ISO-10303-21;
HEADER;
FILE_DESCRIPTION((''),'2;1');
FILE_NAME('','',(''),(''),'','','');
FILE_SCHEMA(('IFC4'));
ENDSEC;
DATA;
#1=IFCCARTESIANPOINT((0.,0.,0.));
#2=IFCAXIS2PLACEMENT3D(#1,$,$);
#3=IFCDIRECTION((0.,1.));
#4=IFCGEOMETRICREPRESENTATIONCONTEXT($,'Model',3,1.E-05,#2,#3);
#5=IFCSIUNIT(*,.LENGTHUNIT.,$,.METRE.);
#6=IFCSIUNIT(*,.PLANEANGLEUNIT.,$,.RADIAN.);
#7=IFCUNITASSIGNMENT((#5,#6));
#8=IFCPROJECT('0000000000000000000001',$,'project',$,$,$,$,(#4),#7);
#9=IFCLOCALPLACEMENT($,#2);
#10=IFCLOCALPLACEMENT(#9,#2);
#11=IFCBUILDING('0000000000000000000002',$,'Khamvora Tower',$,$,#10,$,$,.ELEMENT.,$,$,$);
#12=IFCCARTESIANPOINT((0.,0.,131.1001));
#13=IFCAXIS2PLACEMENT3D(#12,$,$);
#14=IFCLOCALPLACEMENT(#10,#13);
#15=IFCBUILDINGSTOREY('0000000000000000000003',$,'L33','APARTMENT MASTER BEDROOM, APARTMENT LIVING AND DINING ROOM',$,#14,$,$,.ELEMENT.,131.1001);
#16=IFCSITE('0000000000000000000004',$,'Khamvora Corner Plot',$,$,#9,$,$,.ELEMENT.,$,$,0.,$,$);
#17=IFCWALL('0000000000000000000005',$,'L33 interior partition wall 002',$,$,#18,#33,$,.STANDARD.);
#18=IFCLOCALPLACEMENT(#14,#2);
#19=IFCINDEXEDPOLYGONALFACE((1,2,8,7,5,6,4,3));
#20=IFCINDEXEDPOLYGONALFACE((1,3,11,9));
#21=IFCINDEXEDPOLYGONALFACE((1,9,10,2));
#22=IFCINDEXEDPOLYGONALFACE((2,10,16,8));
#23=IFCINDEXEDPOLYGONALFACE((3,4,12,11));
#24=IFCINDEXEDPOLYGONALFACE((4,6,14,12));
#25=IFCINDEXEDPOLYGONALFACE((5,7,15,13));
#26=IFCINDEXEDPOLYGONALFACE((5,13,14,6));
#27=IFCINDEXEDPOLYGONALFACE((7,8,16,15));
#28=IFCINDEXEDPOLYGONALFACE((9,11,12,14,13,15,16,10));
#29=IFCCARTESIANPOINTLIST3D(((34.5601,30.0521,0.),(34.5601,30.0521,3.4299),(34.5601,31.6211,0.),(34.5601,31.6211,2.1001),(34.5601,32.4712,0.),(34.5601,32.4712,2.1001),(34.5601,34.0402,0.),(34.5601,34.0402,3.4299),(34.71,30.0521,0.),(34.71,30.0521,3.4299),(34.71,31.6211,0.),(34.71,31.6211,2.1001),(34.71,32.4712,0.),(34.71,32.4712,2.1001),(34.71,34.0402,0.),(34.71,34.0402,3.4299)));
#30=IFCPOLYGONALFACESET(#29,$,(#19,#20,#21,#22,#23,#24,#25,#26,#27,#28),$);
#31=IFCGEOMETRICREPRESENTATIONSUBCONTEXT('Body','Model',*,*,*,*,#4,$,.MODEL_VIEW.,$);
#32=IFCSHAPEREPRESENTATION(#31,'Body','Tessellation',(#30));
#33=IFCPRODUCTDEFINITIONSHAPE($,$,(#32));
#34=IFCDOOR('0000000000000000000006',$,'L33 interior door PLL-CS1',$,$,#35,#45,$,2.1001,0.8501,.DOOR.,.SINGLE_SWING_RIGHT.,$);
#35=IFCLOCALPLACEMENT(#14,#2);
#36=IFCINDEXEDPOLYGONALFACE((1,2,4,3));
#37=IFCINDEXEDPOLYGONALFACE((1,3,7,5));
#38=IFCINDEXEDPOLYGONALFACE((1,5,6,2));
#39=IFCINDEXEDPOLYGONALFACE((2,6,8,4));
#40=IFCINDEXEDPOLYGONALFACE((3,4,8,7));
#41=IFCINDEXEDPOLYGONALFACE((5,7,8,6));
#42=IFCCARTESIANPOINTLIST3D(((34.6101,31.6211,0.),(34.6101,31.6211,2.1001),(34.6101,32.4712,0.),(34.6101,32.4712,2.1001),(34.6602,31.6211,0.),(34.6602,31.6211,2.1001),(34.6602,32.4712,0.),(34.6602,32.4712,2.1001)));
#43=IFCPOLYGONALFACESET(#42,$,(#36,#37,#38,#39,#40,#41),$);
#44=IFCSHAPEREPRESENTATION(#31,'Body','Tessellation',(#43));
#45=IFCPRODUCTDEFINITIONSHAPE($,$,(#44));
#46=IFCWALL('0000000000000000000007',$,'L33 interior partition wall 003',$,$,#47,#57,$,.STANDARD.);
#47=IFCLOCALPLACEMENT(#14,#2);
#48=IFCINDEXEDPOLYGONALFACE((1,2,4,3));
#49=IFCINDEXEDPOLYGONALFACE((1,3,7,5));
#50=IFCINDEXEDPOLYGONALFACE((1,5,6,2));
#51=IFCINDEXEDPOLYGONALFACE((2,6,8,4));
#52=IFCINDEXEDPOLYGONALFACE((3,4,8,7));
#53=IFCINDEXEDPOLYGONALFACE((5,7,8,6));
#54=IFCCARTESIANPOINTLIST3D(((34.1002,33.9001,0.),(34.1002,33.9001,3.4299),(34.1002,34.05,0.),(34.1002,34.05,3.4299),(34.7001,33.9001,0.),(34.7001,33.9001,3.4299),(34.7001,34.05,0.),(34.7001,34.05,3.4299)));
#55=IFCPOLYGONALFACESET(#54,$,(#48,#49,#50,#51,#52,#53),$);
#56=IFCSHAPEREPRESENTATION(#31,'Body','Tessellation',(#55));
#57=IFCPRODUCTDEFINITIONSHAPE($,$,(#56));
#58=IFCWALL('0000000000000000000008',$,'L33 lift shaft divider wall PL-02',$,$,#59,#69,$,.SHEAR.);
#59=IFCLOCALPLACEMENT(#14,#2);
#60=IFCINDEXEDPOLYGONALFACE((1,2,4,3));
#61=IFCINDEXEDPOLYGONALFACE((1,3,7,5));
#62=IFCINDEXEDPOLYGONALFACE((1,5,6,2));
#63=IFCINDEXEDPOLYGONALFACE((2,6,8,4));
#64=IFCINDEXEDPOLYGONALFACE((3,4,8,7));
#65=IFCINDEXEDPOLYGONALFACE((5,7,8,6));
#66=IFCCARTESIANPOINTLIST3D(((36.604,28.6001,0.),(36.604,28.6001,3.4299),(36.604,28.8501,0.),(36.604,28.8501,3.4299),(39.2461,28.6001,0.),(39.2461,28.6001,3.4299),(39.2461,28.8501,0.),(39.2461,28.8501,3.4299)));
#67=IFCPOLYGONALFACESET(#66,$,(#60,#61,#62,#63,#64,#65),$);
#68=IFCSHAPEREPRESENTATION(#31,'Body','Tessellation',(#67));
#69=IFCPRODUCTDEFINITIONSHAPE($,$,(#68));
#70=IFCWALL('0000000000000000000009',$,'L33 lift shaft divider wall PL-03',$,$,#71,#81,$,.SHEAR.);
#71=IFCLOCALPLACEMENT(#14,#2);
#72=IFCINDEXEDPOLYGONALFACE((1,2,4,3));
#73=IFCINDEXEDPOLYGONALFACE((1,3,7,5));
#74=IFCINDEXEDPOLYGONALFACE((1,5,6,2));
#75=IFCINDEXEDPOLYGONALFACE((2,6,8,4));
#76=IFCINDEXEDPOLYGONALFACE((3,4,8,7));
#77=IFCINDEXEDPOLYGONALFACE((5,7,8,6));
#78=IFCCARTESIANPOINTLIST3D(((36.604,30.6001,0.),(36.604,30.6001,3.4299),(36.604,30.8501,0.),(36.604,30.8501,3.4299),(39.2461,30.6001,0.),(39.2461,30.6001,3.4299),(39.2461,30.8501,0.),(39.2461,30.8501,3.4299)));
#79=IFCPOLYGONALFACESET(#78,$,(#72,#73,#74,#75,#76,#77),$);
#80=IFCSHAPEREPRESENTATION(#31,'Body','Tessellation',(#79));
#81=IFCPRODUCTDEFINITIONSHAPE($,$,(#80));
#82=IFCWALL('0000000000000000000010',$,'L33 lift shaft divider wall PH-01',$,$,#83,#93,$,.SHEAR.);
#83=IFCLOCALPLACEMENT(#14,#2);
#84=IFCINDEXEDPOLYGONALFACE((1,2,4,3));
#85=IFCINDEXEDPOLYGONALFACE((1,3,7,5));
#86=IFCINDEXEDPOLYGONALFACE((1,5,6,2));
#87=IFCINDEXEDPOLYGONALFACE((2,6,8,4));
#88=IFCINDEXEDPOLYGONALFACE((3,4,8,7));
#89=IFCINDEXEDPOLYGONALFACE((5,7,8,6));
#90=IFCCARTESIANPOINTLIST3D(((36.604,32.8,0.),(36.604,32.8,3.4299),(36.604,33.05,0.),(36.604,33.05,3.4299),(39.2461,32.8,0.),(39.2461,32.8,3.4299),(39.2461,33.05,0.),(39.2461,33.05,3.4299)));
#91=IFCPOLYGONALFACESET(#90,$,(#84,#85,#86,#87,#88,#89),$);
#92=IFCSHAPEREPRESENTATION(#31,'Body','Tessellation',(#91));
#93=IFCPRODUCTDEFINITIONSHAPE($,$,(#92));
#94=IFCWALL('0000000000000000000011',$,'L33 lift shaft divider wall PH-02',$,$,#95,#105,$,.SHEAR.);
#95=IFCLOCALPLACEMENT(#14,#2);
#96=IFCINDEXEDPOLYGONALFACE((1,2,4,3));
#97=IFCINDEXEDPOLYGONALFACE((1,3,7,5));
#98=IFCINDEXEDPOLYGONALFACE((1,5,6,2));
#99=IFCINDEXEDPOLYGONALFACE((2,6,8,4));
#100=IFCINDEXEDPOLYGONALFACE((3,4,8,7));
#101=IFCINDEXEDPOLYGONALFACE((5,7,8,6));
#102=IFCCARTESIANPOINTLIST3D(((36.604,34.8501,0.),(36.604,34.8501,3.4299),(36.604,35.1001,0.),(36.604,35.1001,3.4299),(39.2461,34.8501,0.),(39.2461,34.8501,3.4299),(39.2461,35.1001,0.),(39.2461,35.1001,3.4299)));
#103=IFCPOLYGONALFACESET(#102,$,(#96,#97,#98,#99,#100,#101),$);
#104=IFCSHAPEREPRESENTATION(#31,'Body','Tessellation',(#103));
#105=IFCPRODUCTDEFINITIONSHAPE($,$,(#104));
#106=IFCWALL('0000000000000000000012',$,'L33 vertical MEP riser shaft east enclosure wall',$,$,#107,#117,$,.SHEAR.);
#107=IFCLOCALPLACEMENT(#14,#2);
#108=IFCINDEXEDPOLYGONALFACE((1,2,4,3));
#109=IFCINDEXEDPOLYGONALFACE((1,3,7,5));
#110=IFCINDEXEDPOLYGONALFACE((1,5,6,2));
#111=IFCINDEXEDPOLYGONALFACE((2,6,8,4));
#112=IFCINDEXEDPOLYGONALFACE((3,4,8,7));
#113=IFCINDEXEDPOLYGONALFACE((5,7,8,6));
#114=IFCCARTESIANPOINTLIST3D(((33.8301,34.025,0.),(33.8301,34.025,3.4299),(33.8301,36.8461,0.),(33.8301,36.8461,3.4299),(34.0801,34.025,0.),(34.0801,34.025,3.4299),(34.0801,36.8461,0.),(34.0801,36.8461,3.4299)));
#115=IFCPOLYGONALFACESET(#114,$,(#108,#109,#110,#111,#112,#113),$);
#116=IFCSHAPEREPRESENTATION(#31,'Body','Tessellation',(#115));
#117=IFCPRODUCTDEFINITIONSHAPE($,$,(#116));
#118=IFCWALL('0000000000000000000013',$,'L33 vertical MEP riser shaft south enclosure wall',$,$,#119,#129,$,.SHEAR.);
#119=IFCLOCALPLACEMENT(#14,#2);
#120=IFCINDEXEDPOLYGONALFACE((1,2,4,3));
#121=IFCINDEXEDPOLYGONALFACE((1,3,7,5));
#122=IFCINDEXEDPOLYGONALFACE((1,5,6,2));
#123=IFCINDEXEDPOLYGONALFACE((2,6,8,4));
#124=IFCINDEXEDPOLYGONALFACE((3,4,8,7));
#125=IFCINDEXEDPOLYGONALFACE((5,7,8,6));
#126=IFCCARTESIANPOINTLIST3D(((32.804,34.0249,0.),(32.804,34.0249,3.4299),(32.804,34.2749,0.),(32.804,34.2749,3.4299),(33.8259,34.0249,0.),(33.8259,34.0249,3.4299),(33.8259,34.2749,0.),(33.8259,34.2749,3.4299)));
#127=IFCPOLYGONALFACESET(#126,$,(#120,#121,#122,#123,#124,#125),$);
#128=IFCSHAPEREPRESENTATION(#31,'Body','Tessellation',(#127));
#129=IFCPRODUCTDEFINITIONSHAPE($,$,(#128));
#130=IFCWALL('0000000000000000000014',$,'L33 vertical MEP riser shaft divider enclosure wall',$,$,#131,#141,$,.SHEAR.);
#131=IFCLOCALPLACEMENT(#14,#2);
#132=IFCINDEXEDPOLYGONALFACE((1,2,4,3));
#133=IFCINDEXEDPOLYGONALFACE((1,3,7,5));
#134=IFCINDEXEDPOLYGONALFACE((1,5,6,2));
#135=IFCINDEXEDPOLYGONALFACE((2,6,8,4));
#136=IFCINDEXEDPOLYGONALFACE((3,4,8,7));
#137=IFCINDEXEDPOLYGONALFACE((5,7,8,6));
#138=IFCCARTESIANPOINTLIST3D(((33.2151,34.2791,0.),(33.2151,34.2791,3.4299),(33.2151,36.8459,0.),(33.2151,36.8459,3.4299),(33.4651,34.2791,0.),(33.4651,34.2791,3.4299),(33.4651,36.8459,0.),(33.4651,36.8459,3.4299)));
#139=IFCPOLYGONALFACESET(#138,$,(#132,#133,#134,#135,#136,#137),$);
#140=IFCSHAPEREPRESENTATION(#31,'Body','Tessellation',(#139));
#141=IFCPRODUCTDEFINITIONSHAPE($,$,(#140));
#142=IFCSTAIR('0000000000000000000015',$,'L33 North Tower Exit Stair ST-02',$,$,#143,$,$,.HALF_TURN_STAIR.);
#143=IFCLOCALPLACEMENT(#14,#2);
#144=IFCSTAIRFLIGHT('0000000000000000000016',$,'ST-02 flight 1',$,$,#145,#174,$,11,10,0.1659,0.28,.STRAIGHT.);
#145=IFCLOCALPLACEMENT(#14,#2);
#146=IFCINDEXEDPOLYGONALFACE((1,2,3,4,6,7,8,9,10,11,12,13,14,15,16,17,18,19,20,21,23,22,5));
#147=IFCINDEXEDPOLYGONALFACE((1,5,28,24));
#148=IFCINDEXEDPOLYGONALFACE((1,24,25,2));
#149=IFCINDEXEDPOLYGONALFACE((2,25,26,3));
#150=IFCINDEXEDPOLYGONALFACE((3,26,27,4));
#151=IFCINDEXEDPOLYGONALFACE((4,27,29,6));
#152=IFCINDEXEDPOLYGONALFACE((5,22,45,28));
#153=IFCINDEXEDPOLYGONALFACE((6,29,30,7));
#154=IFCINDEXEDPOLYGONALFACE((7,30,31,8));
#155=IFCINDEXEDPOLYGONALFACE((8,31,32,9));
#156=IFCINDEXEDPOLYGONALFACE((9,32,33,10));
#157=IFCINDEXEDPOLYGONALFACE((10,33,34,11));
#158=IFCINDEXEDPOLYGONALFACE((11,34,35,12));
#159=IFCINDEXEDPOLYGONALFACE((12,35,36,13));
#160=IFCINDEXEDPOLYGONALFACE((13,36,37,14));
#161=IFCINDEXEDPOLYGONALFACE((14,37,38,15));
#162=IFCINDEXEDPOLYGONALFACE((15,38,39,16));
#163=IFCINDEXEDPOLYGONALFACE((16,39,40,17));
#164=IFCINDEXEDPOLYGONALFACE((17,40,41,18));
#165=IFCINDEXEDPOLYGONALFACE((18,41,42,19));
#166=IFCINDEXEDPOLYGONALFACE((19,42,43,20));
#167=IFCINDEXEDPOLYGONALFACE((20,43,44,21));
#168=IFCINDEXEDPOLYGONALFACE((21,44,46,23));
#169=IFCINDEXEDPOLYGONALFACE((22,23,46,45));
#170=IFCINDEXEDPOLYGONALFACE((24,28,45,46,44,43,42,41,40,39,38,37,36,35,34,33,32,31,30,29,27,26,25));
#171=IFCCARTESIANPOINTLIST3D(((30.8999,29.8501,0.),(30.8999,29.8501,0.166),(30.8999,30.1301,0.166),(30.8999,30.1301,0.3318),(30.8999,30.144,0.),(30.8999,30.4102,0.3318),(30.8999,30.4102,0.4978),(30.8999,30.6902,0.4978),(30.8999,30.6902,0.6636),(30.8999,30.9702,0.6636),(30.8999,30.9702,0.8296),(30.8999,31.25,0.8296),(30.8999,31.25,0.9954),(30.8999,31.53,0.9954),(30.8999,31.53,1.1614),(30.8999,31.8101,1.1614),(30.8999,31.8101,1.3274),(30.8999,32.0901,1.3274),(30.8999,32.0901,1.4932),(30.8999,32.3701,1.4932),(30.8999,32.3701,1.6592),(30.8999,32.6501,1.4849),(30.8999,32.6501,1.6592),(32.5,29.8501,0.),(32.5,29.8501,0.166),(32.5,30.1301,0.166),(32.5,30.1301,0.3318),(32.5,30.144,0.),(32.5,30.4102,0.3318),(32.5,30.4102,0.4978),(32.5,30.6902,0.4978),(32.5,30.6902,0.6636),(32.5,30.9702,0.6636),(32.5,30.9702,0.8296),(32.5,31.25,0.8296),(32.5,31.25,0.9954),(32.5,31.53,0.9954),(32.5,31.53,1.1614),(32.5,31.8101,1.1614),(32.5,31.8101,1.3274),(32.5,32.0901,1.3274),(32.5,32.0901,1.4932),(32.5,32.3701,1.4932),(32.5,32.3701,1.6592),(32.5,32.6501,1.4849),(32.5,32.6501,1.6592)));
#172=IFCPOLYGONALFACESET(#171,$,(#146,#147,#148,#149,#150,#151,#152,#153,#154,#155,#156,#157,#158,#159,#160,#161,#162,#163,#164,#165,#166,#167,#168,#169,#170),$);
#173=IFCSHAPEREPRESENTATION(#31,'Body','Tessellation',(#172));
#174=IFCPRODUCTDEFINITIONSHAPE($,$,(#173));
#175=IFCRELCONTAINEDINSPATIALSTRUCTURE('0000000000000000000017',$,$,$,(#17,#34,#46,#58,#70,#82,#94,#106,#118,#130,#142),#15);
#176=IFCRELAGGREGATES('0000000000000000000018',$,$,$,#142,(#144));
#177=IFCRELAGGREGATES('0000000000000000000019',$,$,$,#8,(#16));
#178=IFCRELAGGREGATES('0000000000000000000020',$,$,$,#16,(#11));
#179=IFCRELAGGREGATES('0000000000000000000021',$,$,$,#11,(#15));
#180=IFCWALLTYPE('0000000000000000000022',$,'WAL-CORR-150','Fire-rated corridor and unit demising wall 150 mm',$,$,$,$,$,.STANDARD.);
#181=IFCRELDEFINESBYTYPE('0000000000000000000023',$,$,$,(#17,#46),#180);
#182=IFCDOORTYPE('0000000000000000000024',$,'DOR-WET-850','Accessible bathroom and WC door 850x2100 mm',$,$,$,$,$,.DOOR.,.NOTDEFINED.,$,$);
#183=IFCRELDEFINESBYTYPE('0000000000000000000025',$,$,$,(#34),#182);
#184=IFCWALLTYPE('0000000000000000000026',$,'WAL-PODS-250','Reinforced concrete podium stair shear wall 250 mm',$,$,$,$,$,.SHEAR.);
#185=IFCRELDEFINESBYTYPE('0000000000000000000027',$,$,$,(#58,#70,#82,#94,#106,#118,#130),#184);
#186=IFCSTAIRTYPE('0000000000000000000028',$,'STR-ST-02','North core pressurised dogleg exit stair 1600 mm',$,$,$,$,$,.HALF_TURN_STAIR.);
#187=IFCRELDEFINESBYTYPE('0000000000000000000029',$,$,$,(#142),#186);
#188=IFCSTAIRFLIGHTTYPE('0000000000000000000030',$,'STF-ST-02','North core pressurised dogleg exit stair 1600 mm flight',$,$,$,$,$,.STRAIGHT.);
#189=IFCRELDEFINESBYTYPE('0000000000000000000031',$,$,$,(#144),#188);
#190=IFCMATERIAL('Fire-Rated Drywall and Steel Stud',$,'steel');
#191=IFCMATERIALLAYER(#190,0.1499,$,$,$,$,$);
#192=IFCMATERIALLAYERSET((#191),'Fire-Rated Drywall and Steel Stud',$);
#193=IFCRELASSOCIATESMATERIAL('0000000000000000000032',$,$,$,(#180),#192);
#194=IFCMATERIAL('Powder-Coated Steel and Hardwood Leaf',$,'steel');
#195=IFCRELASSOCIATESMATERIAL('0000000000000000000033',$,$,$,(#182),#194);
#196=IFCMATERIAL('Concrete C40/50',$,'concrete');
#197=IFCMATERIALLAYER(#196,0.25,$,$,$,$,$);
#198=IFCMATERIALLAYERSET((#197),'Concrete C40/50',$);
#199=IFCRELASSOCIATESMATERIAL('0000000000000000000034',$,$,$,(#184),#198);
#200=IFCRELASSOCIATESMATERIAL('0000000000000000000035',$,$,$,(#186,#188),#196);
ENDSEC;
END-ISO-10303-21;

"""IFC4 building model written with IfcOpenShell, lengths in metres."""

from ifc_helpers import new_model, si_unit, direction, frame, frame_2d, origin, place, context, subcontext, project, spatial, polyline, rectangle, outline, extrude, material, layer, layer_set, type_object, element, fill, aggregate, save


model = new_model("IFC4")

# Units and contexts
model_context = context("Model", 3, precision=1e-05, world=origin(), true_north=direction((0.0, 1.0)))
body_context = subcontext(model_context, "Body", "Model", "MODEL_VIEW")
ifc_project = project(units=[si_unit("LENGTHUNIT", "METRE"), si_unit("PLANEANGLEUNIT", "RADIAN")], contexts=[model_context])

# Site, building, storey
site_placement = place(None, origin())
site = spatial("IfcSite", under=ifc_project, at=site_placement, Name="Khamvora Corner Plot", CompositionType="ELEMENT", RefElevation=0.0)
building_placement = place(site_placement, origin())
building = spatial("IfcBuilding", under=site, at=building_placement, Name="Khamvora Tower", CompositionType="ELEMENT")
storey_placement = place(building_placement, frame((0.0, 0.0, 131.1001)))
storey = spatial("IfcBuildingStorey", under=building, at=storey_placement, Name="L33", Description="APARTMENT MASTER BEDROOM, APARTMENT LIVING AND DINING ROOM", CompositionType="ELEMENT", Elevation=131.1001)

# Shared definitions
ifc_material_1 = material(Name="Powder-Coated Steel and Hardwood Leaf", Category="steel")

# Shared definitions
ifc_material_2 = material(Name="Fire-Rated Drywall and Steel Stud", Category="steel")
ifc_layer_1 = layer(ifc_material_2, 0.1499)
ifc_layer_set_1 = layer_set([ifc_layer_1], Name="Fire-Rated Drywall and Steel Stud")
wall_type_1 = type_object("IfcWallType", Name="WAL-CORR-150", Description="Fire-rated corridor and unit demising wall 150 mm", PredefinedType="STANDARD", material=ifc_layer_set_1)

# Wall, opening, door
wall_1_placement = place(storey_placement, frame((34.635, 30.052, 0.0), z_axis=(0.0, 0.0, 1.0), x_axis=(0.0, 1.0, 0.0)))
wall_1 = element("IfcWall", 1, at=wall_1_placement, inside=storey, type_object=wall_type_1, Name="L33 interior partition wall 002", PredefinedType="STANDARD", context=body_context, shape_type="SweptSolid", body=[
    extrude(rectangle(XDim=3.988, YDim=0.1499, at=frame_2d((1.9941, 0.0))), origin(), (0.0, 0.0, 1.0), 3.4299),
])
opening_1_placement = place(wall_1_placement, frame((1.5691, 0.0, 0.0)))
opening_1 = element("IfcOpeningElement", 2, at=opening_1_placement, cuts=wall_1, PredefinedType="OPENING", context=body_context, shape_type="SweptSolid", body=[
    extrude(rectangle(XDim=0.8501, YDim=2.1001, at=frame_2d((0.425, 1.05))), frame((0.0, 0.085, 0.0), z_axis=(0.0, -1.0, 0.0), x_axis=(1.0, 0.0, 0.0)), (0.0, 0.0, 1.0), 0.1699),
])
door_type_1 = type_object("IfcDoorType", Name="DOR-WET-850", Description="Accessible bathroom and WC door 850x2100 mm", OperationType="NOTDEFINED", PredefinedType="DOOR", material=ifc_material_1)
door_1_placement = place(opening_1_placement, origin())
door_1 = element("IfcDoor", 3, at=door_1_placement, inside=storey, type_object=door_type_1, Name="L33 interior door PLL-CS1", OperationType="SINGLE_SWING_RIGHT", OverallHeight=2.1001, OverallWidth=0.8501, PredefinedType="DOOR", context=body_context, shape_type="SweptSolid", body=[
    extrude(rectangle(XDim=0.8501, YDim=2.1001, at=frame_2d((0.425, 1.05))), frame((0.0, 0.0249, 0.0), z_axis=(0.0, -1.0, 0.0), x_axis=(1.0, 0.0, 0.0)), (0.0, 0.0, 1.0), 0.05),
])
fill(opening_1, door_1)

# Walls
wall_2_placement = place(storey_placement, frame((34.7, 33.9751, 0.0), z_axis=(0.0, 0.0, 1.0), x_axis=(-1.0, 0.0, 0.0)))
element("IfcWall", 4, at=wall_2_placement, inside=storey, type_object=wall_type_1, Name="L33 interior partition wall 003", PredefinedType="STANDARD", context=body_context, shape_type="SweptSolid", body=[
    extrude(rectangle(XDim=0.5999, YDim=0.1499, at=frame_2d((0.2998, 0.0))), origin(), (0.0, 0.0, 1.0), 3.4299),
])
ifc_material_3 = material(Name="Concrete C40/50", Category="concrete")
ifc_layer_2 = layer(ifc_material_3, 0.25)
ifc_layer_set_2 = layer_set([ifc_layer_2], Name="Concrete C40/50")
wall_type_2 = type_object("IfcWallType", Name="WAL-PODS-250", Description="Reinforced concrete podium stair shear wall 250 mm", PredefinedType="SHEAR", material=ifc_layer_set_2)
for number, where, z_axis, x_axis, name in (
    (5, (36.604, 28.7251, 0.0), (0.0, 0.0, 1.0), (1.0, 0.0, 0.0), "L33 lift shaft divider wall PL-02"),
    (6, (36.604, 30.7251, 0.0), (0.0, 0.0, 1.0), (1.0, 0.0, 0.0), "L33 lift shaft divider wall PL-03"),
    (7, (36.604, 32.925, 0.0), (0.0, 0.0, 1.0), (1.0, 0.0, 0.0), "L33 lift shaft divider wall PH-01"),
    (8, (36.604, 34.9751, 0.0), (0.0, 0.0, 1.0), (1.0, 0.0, 0.0), "L33 lift shaft divider wall PH-02"),
):
    element("IfcWall", number, at=place(storey_placement, frame(where, z_axis=z_axis, x_axis=x_axis)), inside=storey, type_object=wall_type_2, Name=name, PredefinedType="SHEAR", context=body_context, shape_type="SweptSolid", body=[
        extrude(rectangle(XDim=2.6421, YDim=0.25, at=frame_2d((1.321, 0.0))), origin(), (0.0, 0.0, 1.0), 3.4299),
    ])
wall_3_placement = place(storey_placement, frame((33.9551, 34.0249, 0.0), z_axis=(0.0, 0.0, 1.0), x_axis=(0.0, 1.0, 0.0)))
element("IfcWall", 9, at=wall_3_placement, inside=storey, type_object=wall_type_2, Name="L33 vertical MEP riser shaft east enclosure wall", PredefinedType="SHEAR", context=body_context, shape_type="SweptSolid", body=[
    extrude(rectangle(XDim=2.821, YDim=0.25, at=frame_2d((1.4106, 0.0))), origin(), (0.0, 0.0, 1.0), 3.4299),
])
wall_4_placement = place(storey_placement, frame((32.804, 34.1499, 0.0), z_axis=(0.0, 0.0, 1.0), x_axis=(1.0, 0.0, 0.0)))
element("IfcWall", 10, at=wall_4_placement, inside=storey, type_object=wall_type_2, Name="L33 vertical MEP riser shaft south enclosure wall", PredefinedType="SHEAR", context=body_context, shape_type="SweptSolid", body=[
    extrude(rectangle(XDim=1.022, YDim=0.25, at=frame_2d((0.511, 0.0))), origin(), (0.0, 0.0, 1.0), 3.4299),
])
wall_5_placement = place(storey_placement, frame((33.3401, 34.2791, 0.0), z_axis=(0.0, 0.0, 1.0), x_axis=(0.0, 1.0, 0.0)))
element("IfcWall", 11, at=wall_5_placement, inside=storey, type_object=wall_type_2, Name="L33 vertical MEP riser shaft divider enclosure wall", PredefinedType="SHEAR", context=body_context, shape_type="SweptSolid", body=[
    extrude(rectangle(XDim=2.5669, YDim=0.25, at=frame_2d((1.2834, 0.0))), origin(), (0.0, 0.0, 1.0), 3.4299),
])

# Stair, stair flight
stair_type = type_object("IfcStairType", Name="STR-ST-02", Description="North core pressurised dogleg exit stair 1600 mm", PredefinedType="HALF_TURN_STAIR", material=ifc_material_3)
stair_placement = place(storey_placement, origin())
stair = element("IfcStair", 12, at=stair_placement, inside=storey, type_object=stair_type, Name="L33 North Tower Exit Stair ST-02", PredefinedType="HALF_TURN_STAIR")
stair_flight_type = type_object("IfcStairFlightType", Name="STF-ST-02", Description="North core pressurised dogleg exit stair 1600 mm flight", PredefinedType="STRAIGHT", material=ifc_material_3)
stair_flight_placement = place(storey_placement, frame((31.7, 29.8501, 0.0), z_axis=(0.0, 0.0, 1.0), x_axis=(0.0, 1.0, 0.0)))
stair_flight = element("IfcStairFlight", 13, at=stair_flight_placement, type_object=stair_flight_type, Name="ST-02 flight 1", NumberOfRisers=11, NumberOfTreads=10, PredefinedType="STRAIGHT", RiserHeight=0.1659, TreadLength=0.28, context=body_context, shape_type="SweptSolid", body=[
    extrude(outline(polyline([(0.0, 0.0), (0.0, 0.166), (0.28, 0.166), (0.28, 0.3318), (0.5601, 0.3318), (0.5601, 0.4978), (0.8401, 0.4978), (0.8401, 0.6636), (1.1201, 0.6636), (1.1201, 0.8296), (1.3999, 0.8296), (1.3999, 0.9954), (1.6799, 0.9954), (1.6799, 1.1614), (1.96, 1.1614), (1.96, 1.3274), (2.24, 1.3274), (2.24, 1.4932), (2.52, 1.4932), (2.52, 1.6592), (2.8, 1.6592), (2.8, 1.825), (2.8, 1.4849), (0.2939, 0.0), (0.0, 0.0)])), frame((0.0, 0.8, 0.0), z_axis=(0.0, -1.0, 0.0), x_axis=(1.0, 0.0, 0.0)), (0.0, 0.0, 1.0), 1.6001),
])
aggregate(stair, [stair_flight])

save(model, "model.ifc")
